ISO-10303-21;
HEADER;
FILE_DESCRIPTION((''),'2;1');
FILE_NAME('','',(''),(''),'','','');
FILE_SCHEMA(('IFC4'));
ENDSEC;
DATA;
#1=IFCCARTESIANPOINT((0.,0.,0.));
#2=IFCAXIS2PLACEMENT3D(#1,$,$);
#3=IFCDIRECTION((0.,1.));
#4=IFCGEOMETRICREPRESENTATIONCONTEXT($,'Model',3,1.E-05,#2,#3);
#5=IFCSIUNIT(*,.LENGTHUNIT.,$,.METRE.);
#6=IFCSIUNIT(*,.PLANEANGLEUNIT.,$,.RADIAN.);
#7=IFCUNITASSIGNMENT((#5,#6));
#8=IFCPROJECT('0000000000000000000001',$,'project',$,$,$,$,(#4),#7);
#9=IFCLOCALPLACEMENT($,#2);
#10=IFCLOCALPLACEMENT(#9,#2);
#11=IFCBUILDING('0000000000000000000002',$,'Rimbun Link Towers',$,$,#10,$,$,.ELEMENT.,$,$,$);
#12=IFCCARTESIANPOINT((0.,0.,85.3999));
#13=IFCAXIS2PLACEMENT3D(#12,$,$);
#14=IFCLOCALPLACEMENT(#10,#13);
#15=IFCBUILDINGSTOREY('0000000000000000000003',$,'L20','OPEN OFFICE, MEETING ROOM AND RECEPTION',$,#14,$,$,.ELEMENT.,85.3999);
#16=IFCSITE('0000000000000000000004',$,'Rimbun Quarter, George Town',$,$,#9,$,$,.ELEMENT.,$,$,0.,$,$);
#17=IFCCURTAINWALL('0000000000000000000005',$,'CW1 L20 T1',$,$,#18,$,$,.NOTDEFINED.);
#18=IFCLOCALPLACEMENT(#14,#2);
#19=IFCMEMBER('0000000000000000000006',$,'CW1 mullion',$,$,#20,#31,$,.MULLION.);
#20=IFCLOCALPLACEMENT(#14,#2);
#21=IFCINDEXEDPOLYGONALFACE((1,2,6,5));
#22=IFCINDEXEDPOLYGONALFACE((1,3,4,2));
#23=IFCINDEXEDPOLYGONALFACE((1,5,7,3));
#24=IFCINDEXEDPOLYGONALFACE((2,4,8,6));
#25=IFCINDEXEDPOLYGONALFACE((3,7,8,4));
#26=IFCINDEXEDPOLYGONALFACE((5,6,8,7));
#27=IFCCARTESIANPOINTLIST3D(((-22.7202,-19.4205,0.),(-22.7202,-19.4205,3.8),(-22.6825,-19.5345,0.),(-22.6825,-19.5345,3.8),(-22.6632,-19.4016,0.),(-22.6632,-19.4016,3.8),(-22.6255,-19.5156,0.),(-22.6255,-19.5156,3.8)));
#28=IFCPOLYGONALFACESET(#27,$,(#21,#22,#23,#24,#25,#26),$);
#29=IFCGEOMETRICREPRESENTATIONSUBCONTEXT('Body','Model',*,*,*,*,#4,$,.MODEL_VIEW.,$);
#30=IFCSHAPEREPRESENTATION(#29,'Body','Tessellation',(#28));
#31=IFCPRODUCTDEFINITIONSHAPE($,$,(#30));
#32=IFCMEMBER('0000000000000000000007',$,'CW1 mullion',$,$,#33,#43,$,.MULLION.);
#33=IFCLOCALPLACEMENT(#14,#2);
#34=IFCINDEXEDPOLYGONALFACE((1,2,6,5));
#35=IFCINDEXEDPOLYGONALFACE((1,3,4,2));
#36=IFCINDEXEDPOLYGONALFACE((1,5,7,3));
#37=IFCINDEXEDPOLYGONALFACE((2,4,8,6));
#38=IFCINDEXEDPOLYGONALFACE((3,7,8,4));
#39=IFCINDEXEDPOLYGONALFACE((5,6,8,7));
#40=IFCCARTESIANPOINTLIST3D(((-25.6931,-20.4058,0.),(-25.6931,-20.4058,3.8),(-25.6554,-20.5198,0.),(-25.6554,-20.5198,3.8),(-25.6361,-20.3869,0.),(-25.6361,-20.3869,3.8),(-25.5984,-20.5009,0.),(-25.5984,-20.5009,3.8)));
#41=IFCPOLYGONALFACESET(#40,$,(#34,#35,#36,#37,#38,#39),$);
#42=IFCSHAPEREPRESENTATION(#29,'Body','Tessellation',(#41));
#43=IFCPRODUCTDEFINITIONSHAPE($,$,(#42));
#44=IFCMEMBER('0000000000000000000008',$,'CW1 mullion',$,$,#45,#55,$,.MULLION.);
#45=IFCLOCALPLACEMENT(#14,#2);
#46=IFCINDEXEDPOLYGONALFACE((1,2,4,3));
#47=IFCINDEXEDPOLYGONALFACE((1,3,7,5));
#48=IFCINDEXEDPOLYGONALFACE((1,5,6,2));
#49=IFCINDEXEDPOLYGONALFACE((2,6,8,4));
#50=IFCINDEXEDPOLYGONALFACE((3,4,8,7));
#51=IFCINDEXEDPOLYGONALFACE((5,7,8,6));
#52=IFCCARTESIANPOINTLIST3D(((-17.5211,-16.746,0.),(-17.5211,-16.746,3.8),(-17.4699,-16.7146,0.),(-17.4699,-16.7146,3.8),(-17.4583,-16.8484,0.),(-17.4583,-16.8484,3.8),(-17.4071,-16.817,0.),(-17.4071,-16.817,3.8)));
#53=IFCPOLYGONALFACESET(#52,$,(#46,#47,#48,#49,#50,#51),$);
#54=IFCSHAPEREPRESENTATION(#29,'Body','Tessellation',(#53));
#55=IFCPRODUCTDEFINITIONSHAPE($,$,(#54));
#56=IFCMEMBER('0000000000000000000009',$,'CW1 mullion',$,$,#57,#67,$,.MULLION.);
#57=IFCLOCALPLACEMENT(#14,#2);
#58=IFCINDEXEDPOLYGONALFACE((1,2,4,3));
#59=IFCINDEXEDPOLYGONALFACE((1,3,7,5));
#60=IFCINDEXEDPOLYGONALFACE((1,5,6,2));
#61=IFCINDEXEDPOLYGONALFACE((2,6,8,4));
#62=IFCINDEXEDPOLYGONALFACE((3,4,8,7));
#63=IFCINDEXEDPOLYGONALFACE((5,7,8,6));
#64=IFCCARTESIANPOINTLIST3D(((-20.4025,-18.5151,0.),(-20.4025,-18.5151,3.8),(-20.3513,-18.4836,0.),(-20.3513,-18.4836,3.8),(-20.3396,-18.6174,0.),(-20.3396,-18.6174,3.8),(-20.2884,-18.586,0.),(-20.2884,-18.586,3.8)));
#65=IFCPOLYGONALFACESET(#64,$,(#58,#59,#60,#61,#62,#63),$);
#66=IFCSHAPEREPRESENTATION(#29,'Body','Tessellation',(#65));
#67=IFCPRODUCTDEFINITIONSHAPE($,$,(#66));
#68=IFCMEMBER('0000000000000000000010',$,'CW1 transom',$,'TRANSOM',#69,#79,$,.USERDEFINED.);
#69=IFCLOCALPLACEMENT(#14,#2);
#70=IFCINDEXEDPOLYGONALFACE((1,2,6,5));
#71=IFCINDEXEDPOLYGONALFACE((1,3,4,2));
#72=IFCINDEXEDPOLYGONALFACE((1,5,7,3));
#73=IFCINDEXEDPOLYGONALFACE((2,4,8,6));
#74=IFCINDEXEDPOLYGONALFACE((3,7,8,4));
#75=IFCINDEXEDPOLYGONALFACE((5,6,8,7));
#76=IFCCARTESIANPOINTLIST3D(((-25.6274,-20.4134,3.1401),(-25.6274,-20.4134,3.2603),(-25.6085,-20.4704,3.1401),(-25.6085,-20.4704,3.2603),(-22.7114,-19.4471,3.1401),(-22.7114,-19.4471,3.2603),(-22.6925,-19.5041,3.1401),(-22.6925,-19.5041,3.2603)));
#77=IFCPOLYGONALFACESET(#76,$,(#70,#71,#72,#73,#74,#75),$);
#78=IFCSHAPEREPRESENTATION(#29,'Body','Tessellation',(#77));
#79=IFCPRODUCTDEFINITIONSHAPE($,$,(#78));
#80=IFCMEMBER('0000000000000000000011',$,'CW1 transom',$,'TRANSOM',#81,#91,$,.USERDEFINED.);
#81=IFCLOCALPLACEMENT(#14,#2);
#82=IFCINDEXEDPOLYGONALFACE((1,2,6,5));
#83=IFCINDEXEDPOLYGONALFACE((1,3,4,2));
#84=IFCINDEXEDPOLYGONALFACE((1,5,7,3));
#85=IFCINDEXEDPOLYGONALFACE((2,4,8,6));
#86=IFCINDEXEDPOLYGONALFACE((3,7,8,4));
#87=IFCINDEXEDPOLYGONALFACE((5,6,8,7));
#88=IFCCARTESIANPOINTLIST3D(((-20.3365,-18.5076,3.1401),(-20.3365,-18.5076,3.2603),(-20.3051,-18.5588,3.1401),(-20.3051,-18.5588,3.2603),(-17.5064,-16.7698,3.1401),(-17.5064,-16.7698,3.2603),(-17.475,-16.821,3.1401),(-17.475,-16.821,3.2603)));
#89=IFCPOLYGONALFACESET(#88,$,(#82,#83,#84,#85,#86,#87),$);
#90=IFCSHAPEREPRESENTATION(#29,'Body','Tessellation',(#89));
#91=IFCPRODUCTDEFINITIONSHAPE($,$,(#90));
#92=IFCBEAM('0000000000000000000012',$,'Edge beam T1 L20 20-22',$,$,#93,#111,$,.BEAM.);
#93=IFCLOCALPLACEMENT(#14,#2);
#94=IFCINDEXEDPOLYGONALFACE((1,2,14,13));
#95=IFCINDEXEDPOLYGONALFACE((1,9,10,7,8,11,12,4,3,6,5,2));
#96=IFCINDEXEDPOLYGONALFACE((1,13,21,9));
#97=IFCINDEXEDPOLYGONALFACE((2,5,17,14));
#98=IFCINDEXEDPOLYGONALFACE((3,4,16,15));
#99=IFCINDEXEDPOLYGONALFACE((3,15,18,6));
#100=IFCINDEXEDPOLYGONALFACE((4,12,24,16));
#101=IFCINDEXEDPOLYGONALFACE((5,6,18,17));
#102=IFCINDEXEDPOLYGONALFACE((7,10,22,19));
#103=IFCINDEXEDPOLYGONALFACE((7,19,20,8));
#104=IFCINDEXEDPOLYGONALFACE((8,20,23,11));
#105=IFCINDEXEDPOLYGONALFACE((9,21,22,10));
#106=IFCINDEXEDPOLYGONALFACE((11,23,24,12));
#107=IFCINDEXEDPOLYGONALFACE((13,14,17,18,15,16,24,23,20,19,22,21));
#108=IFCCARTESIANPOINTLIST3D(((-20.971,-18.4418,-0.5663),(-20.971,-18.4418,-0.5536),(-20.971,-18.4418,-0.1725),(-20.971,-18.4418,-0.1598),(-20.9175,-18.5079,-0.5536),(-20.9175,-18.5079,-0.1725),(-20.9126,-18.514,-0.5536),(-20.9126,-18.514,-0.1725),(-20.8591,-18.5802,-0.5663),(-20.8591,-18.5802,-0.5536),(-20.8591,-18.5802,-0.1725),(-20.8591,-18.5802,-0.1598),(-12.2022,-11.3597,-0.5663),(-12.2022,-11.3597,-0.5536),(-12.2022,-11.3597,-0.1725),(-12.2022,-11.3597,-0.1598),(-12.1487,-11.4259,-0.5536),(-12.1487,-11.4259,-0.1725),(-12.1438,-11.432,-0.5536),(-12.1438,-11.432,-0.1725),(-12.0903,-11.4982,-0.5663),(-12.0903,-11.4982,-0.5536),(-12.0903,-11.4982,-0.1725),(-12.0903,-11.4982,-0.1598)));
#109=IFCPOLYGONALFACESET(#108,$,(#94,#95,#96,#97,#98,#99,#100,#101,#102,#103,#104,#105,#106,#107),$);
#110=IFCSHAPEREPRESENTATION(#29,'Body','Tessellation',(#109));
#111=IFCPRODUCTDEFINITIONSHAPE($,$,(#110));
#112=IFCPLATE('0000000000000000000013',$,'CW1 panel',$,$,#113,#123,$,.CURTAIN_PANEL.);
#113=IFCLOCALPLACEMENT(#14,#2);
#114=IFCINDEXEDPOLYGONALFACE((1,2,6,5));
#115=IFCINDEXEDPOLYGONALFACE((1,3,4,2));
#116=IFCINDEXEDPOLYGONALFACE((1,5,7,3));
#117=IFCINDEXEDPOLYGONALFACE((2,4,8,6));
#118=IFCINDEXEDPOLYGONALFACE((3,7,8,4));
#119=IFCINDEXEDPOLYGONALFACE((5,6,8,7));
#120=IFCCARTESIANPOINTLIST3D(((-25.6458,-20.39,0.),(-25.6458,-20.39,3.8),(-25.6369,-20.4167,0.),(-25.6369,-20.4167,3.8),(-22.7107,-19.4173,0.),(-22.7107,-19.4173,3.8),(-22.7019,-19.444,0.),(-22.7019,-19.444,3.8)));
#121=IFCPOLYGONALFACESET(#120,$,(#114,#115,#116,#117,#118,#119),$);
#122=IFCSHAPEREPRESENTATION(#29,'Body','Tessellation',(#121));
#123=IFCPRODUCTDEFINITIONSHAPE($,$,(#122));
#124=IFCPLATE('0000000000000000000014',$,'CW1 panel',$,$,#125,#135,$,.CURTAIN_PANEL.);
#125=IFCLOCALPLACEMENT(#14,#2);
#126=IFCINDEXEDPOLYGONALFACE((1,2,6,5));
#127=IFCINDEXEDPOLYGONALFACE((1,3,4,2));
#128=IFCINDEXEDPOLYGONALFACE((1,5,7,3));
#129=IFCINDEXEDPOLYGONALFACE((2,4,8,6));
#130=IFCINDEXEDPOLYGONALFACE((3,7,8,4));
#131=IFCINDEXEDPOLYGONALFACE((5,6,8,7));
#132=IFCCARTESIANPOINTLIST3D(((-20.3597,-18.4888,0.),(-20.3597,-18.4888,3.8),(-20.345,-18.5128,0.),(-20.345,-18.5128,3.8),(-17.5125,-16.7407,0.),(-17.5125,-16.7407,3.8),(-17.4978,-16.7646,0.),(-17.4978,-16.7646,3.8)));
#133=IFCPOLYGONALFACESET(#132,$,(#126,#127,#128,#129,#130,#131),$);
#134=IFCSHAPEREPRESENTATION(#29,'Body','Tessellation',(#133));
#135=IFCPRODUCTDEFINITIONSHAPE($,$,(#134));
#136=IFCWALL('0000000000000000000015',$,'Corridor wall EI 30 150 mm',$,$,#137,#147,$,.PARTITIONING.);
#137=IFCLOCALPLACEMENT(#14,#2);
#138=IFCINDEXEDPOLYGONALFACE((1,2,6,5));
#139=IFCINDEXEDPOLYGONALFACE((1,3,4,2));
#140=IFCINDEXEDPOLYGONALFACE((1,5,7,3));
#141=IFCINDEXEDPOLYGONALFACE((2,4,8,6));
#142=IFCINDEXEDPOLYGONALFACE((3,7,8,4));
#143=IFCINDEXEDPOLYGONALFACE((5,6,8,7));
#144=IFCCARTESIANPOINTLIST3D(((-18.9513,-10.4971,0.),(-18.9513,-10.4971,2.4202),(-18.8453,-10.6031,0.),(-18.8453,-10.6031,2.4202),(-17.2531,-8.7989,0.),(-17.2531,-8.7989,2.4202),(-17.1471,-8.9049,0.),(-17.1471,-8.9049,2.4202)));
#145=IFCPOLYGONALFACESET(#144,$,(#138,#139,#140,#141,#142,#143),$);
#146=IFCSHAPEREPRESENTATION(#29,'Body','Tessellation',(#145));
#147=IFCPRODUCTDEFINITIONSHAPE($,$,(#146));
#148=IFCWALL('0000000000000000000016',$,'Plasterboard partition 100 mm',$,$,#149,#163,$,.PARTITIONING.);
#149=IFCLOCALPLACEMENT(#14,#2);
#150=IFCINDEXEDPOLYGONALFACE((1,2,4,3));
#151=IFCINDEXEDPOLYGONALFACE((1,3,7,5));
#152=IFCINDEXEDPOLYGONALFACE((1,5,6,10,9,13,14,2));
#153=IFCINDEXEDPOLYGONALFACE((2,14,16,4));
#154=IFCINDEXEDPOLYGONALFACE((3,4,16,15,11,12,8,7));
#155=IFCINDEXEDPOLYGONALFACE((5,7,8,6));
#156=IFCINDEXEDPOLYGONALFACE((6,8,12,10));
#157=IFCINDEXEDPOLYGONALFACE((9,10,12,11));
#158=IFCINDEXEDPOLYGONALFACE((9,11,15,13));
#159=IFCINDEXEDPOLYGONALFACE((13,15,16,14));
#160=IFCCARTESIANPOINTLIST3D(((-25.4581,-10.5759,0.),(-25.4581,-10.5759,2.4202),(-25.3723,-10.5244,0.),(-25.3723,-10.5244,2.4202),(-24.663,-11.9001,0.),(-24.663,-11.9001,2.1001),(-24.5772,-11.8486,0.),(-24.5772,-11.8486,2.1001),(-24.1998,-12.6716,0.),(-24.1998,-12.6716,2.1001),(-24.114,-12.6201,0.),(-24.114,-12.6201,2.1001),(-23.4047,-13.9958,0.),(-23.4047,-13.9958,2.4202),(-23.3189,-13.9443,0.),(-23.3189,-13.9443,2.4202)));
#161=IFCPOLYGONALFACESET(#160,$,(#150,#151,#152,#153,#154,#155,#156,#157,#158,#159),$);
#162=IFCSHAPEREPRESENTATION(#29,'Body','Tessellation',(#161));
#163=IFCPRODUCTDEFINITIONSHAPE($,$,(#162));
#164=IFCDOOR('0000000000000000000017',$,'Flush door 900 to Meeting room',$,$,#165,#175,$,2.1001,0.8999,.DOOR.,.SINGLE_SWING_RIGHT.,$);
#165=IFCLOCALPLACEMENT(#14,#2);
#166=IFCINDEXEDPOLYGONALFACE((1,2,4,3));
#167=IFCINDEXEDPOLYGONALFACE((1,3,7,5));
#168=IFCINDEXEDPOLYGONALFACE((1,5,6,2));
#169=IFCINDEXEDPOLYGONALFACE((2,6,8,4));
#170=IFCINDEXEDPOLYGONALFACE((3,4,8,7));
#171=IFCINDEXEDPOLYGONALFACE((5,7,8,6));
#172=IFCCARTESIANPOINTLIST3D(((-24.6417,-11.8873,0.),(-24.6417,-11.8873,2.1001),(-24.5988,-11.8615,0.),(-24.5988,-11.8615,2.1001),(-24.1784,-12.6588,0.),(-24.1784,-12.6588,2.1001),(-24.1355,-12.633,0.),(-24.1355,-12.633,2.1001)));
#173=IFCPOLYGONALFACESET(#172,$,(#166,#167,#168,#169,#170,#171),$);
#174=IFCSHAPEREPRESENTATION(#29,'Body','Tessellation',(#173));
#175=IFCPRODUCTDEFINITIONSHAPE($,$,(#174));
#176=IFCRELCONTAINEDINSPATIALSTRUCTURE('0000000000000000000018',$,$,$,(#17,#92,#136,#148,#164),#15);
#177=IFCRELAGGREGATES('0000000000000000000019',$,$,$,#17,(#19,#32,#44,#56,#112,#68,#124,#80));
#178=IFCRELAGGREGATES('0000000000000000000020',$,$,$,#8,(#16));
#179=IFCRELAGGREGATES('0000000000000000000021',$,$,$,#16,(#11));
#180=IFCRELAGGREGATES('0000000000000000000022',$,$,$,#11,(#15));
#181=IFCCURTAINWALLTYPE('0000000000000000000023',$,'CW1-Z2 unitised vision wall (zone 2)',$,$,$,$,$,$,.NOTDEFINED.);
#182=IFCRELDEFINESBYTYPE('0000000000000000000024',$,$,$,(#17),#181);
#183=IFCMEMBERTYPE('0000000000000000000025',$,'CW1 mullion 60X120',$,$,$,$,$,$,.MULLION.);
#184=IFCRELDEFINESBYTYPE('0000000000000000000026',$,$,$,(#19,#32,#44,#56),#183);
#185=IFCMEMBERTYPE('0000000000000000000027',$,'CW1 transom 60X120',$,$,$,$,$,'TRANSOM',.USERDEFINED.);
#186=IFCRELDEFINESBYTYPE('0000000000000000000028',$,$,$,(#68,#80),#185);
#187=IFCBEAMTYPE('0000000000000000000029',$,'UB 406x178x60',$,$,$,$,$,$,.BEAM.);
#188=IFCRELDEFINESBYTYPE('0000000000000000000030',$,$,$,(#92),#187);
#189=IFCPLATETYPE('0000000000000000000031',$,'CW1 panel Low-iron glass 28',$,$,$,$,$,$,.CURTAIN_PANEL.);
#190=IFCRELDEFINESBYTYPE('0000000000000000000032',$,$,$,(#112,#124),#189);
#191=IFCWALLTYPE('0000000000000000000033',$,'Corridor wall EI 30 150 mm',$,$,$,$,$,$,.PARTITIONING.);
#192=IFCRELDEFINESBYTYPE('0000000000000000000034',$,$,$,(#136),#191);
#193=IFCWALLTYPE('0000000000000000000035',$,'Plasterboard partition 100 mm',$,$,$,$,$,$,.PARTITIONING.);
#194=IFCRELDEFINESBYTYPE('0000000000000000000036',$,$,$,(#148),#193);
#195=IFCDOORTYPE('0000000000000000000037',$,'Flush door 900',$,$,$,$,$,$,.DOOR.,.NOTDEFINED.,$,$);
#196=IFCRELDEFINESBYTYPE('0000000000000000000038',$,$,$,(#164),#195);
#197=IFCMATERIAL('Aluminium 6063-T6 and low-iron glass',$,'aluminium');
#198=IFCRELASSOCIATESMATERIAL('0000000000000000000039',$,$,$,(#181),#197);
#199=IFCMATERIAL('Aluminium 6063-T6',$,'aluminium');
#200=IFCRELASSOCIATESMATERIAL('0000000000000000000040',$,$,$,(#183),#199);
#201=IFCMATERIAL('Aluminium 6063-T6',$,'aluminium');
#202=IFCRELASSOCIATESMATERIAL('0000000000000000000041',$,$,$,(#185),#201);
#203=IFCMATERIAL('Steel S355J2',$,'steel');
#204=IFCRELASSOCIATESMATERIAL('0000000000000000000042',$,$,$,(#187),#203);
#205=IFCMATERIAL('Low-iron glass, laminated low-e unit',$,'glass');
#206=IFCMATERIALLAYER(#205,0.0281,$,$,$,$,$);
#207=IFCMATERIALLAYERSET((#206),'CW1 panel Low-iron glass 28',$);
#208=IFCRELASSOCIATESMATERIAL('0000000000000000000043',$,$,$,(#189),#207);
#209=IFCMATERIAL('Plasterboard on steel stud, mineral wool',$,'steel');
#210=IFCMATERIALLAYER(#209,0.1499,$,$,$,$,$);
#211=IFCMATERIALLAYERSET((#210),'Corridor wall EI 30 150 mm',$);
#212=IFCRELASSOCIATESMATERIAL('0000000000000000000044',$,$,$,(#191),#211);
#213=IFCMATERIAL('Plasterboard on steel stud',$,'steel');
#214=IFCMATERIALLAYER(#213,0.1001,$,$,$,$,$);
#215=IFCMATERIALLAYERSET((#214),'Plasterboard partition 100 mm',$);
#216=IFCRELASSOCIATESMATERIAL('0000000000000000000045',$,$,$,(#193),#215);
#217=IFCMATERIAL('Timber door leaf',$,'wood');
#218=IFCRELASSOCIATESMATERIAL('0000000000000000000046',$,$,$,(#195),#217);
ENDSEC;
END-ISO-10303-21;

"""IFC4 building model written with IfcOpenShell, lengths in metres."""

from ifc_helpers import new_model, si_unit, direction, frame, frame_2d, origin, origin_2d, place, context, subcontext, project, spatial, rectangle, i_section, extrude, material, layer, layer_set, material_profile, profile_set, type_object, element, fill, aggregate, save


model = new_model("IFC4")

# Units and contexts
model_context = context("Model", 3, precision=1e-05, world=origin(), true_north=direction((0.0, 1.0)))
body_context = subcontext(model_context, "Body", "Model", "MODEL_VIEW")
ifc_project = project(units=[si_unit("LENGTHUNIT", "METRE"), si_unit("PLANEANGLEUNIT", "RADIAN")], contexts=[model_context])

# Site, building, storey
site_placement = place(None, origin())
site = spatial("IfcSite", under=ifc_project, at=site_placement, Name="Rimbun Quarter, George Town", CompositionType="ELEMENT", RefElevation=0.0)
building_placement = place(site_placement, origin())
building = spatial("IfcBuilding", under=site, at=building_placement, Name="Rimbun Link Towers", CompositionType="ELEMENT")
storey_placement = place(building_placement, frame((0.0, 0.0, 85.3999)))
storey = spatial("IfcBuildingStorey", under=building, at=storey_placement, Name="L20", Description="OPEN OFFICE, MEETING ROOM AND RECEPTION", CompositionType="ELEMENT", Elevation=85.3999)

# Curtain wall, members
ifc_material_1 = material(Name="Aluminium 6063-T6 and low-iron glass", Category="aluminium")
curtain_wall_type = type_object("IfcCurtainWallType", Name="CW1-Z2 unitised vision wall (zone 2)", PredefinedType="NOTDEFINED", material=ifc_material_1)
curtain_wall_placement = place(storey_placement, origin())
curtain_wall = element("IfcCurtainWall", 1, at=curtain_wall_placement, inside=storey, type_object=curtain_wall_type, Name="CW1 L20 T1", PredefinedType="NOTDEFINED")
ifc_material_2 = material(Name="Aluminium 6063-T6", Category="aluminium")
ifc_material_profile_1 = material_profile(ifc_material_2, rectangle(XDim=0.1201, YDim=0.0601, at=origin_2d()), Name="MULLION 60X120")
ifc_profile_set_1 = profile_set([ifc_material_profile_1], Name="Aluminium 6063-T6")
member_type_1 = type_object("IfcMemberType", Name="CW1 mullion 60X120", PredefinedType="MULLION", material=ifc_profile_set_1)
member_1_placement = place(storey_placement, frame((-22.6729, -19.468, 0.0), z_axis=(0.0, 0.0, 1.0), x_axis=(0.314576, -0.949232, 0.0)))
member_1 = element("IfcMember", 2, at=member_1_placement, type_object=member_type_1, Name="CW1 mullion", PredefinedType="MULLION", context=body_context, shape_type="SweptSolid", body=[
    extrude(rectangle(XDim=0.1201, YDim=0.0601, at=origin_2d()), origin(), (0.0, 0.0, 1.0), 3.8),
])
member_2_placement = place(storey_placement, frame((-25.6458, -20.4534, 0.0), z_axis=(0.0, 0.0, 1.0), x_axis=(0.314576, -0.949232, 0.0)))
member_2 = element("IfcMember", 3, at=member_2_placement, type_object=member_type_1, Name="CW1 mullion", PredefinedType="MULLION", context=body_context, shape_type="SweptSolid", body=[
    extrude(rectangle(XDim=0.1201, YDim=0.0601, at=origin_2d()), origin(), (0.0, 0.0, 1.0), 3.8),
])
member_3_placement = place(storey_placement, frame((-17.4641, -16.7815, 0.0), z_axis=(0.0, 0.0, 1.0), x_axis=(0.523237, -0.852187, 0.0)))
member_3 = element("IfcMember", 4, at=member_3_placement, type_object=member_type_1, Name="CW1 mullion", PredefinedType="MULLION", context=body_context, shape_type="SweptSolid", body=[
    extrude(rectangle(XDim=0.1201, YDim=0.0601, at=origin_2d()), origin(), (0.0, 0.0, 1.0), 3.8),
])
member_4_placement = place(storey_placement, frame((-20.3455, -18.5505, 0.0), z_axis=(0.0, 0.0, 1.0), x_axis=(0.523237, -0.852187, 0.0)))
member_4 = element("IfcMember", 5, at=member_4_placement, type_object=member_type_1, Name="CW1 mullion", PredefinedType="MULLION", context=body_context, shape_type="SweptSolid", body=[
    extrude(rectangle(XDim=0.1201, YDim=0.0601, at=origin_2d()), origin(), (0.0, 0.0, 1.0), 3.8),
])
ifc_material_3 = material(Name="Aluminium 6063-T6", Category="aluminium")
ifc_material_profile_2 = material_profile(ifc_material_3, rectangle(XDim=0.0601, YDim=0.1201, at=origin_2d()), Name="TRANSOM 60X120")
ifc_profile_set_2 = profile_set([ifc_material_profile_2], Name="Aluminium 6063-T6")
member_type_2 = type_object("IfcMemberType", Name="CW1 transom 60X120", ElementType="TRANSOM", PredefinedType="USERDEFINED", material=ifc_profile_set_2)
member_5_placement = place(storey_placement, frame((-22.7019, -19.4756, 3.2002), z_axis=(-0.949238, -0.314558, 0.0), x_axis=(0.314558, -0.949238, 0.0)))
member_5 = element("IfcMember", 6, at=member_5_placement, type_object=member_type_2, Name="CW1 transom", ObjectType="TRANSOM", PredefinedType="USERDEFINED", context=body_context, shape_type="SweptSolid", body=[
    extrude(rectangle(XDim=0.0601, YDim=0.1201, at=origin_2d()), origin(), (0.0, 0.0, 1.0), 3.072),
])
member_6_placement = place(storey_placement, frame((-17.4907, -16.7954, 3.2002), z_axis=(-0.852168, -0.523269, 0.0), x_axis=(0.523269, -0.852168, 0.0)))
member_6 = element("IfcMember", 7, at=member_6_placement, type_object=member_type_2, Name="CW1 transom", ObjectType="TRANSOM", PredefinedType="USERDEFINED", context=body_context, shape_type="SweptSolid", body=[
    extrude(rectangle(XDim=0.0601, YDim=0.1201, at=origin_2d()), origin(), (0.0, 0.0, 1.0), 3.321),
])

# Beam
ifc_material_4 = material(Name="Steel S355J2", Category="steel")
ifc_material_profile_3 = material_profile(ifc_material_4, i_section(OverallWidth=0.178, OverallDepth=0.4065, WebThickness=0.0078, FlangeThickness=0.0127, at=origin_2d()), Name="UB 406x178x60")
ifc_profile_set_3 = profile_set([ifc_material_profile_3], Name="Steel S355J2")
beam_type = type_object("IfcBeamType", Name="UB 406x178x60", PredefinedType="BEAM", material=ifc_profile_set_3)
beam_placement = place(storey_placement, frame((-20.915, -18.511, -0.363), z_axis=(0.777961, 0.628312, 0.0), x_axis=(-0.628312, 0.777961, 0.0)))
element("IfcBeam", 8, at=beam_placement, inside=storey, type_object=beam_type, Name="Edge beam T1 L20 20-22", PredefinedType="BEAM", context=body_context, shape_type="SweptSolid", body=[
    extrude(i_section(OverallWidth=0.178, OverallDepth=0.4065, WebThickness=0.0078, FlangeThickness=0.0127, at=origin_2d()), origin(), (0.0, 0.0, 1.0), 11.2715),
])

# Plates
ifc_material_5 = material(Name="Low-iron glass, laminated low-e unit", Category="glass")
ifc_layer_1 = layer(ifc_material_5, 0.0281)
ifc_layer_set_1 = layer_set([ifc_layer_1], Name="CW1 panel Low-iron glass 28")
plate_type = type_object("IfcPlateType", Name="CW1 panel Low-iron glass 28", PredefinedType="CURTAIN_PANEL", material=ifc_layer_set_1)
plate_1_placement = place(storey_placement, frame((-24.1738, -19.917, 0.0), z_axis=(0.0, 0.0, 1.0), x_axis=(-0.949232, -0.314576, 0.0)))
plate_1 = element("IfcPlate", 9, at=plate_1_placement, type_object=plate_type, Name="CW1 panel", PredefinedType="CURTAIN_PANEL", context=body_context, shape_type="SweptSolid", body=[
    extrude(rectangle(XDim=3.092, YDim=0.0281, at=origin_2d()), origin(), (0.0, 0.0, 1.0), 3.8),
])
plate_2_placement = place(storey_placement, frame((-18.9287, -17.6267, 0.0), z_axis=(0.0, 0.0, 1.0), x_axis=(-0.852187, -0.523237, 0.0)))
plate_2 = element("IfcPlate", 10, at=plate_2_placement, type_object=plate_type, Name="CW1 panel", PredefinedType="CURTAIN_PANEL", context=body_context, shape_type="SweptSolid", body=[
    extrude(rectangle(XDim=3.3411, YDim=0.0281, at=origin_2d()), origin(), (0.0, 0.0, 1.0), 3.8),
])
aggregate(curtain_wall, [member_1, member_2, member_3, member_4, plate_1, member_5, plate_2, member_6])

# Wall
ifc_material_6 = material(Name="Plasterboard on steel stud, mineral wool", Category="steel")
ifc_layer_2 = layer(ifc_material_6, 0.1499)
ifc_layer_set_2 = layer_set([ifc_layer_2], Name="Corridor wall EI 30 150 mm")
wall_type_1 = type_object("IfcWallType", Name="Corridor wall EI 30 150 mm", PredefinedType="PARTITIONING", material=ifc_layer_set_2)
wall_1_placement = place(storey_placement, frame((-18.8982, -10.55, 0.0), z_axis=(0.0, 0.0, 1.0), x_axis=(0.707107, 0.707107, 0.0)))
element("IfcWall", 11, at=wall_1_placement, inside=storey, type_object=wall_type_1, Name="Corridor wall EI 30 150 mm", PredefinedType="PARTITIONING", context=body_context, shape_type="SweptSolid", body=[
    extrude(rectangle(XDim=2.4016, YDim=0.1499, at=frame_2d((1.2007, 0.0))), origin(), (0.0, 0.0, 1.0), 2.4202),
])

# Wall, opening, door
ifc_material_7 = material(Name="Plasterboard on steel stud", Category="steel")
ifc_layer_3 = layer(ifc_material_7, 0.1001)
ifc_layer_set_3 = layer_set([ifc_layer_3], Name="Plasterboard partition 100 mm")
wall_type_2 = type_object("IfcWallType", Name="Plasterboard partition 100 mm", PredefinedType="PARTITIONING", material=ifc_layer_set_3)
wall_2_placement = place(storey_placement, frame((-25.4153, -10.55, 0.0), z_axis=(0.0, 0.0, 1.0), x_axis=(0.514775, -0.857325, 0.0)))
wall_2 = element("IfcWall", 12, at=wall_2_placement, inside=storey, type_object=wall_type_2, Name="Plasterboard partition 100 mm", PredefinedType="PARTITIONING", context=body_context, shape_type="SweptSolid", body=[
    extrude(rectangle(XDim=3.989, YDim=0.1001, at=frame_2d((1.9946, 0.0))), origin(), (0.0, 0.0, 1.0), 2.4202),
])
opening_1_placement = place(wall_2_placement, frame((1.5447, 0.0, 0.0)))
opening_1 = element("IfcOpeningElement", 13, at=opening_1_placement, cuts=wall_2, PredefinedType="OPENING", context=body_context, shape_type="SweptSolid", body=[
    extrude(rectangle(XDim=0.8999, YDim=2.1001, at=frame_2d((0.45, 1.05))), frame((0.0, 0.0601, 0.0), z_axis=(0.0, -1.0, 0.0), x_axis=(1.0, 0.0, 0.0)), (0.0, 0.0, 1.0), 0.1201),
])
ifc_material_8 = material(Name="Timber door leaf", Category="wood")
door_type_1 = type_object("IfcDoorType", Name="Flush door 900", OperationType="NOTDEFINED", PredefinedType="DOOR", material=ifc_material_8)
door_1_placement = place(opening_1_placement, origin())
door_1 = element("IfcDoor", 14, at=door_1_placement, inside=storey, type_object=door_type_1, Name="Flush door 900 to Meeting room", OperationType="SINGLE_SWING_RIGHT", OverallHeight=2.1001, OverallWidth=0.8999, PredefinedType="DOOR", context=body_context, shape_type="SweptSolid", body=[
    extrude(rectangle(XDim=0.8999, YDim=2.1001, at=frame_2d((0.45, 1.05))), frame((0.0, 0.0249, 0.0), z_axis=(0.0, -1.0, 0.0), x_axis=(1.0, 0.0, 0.0)), (0.0, 0.0, 1.0), 0.05),
])
fill(opening_1, door_1)

save(model, "model.ifc")
